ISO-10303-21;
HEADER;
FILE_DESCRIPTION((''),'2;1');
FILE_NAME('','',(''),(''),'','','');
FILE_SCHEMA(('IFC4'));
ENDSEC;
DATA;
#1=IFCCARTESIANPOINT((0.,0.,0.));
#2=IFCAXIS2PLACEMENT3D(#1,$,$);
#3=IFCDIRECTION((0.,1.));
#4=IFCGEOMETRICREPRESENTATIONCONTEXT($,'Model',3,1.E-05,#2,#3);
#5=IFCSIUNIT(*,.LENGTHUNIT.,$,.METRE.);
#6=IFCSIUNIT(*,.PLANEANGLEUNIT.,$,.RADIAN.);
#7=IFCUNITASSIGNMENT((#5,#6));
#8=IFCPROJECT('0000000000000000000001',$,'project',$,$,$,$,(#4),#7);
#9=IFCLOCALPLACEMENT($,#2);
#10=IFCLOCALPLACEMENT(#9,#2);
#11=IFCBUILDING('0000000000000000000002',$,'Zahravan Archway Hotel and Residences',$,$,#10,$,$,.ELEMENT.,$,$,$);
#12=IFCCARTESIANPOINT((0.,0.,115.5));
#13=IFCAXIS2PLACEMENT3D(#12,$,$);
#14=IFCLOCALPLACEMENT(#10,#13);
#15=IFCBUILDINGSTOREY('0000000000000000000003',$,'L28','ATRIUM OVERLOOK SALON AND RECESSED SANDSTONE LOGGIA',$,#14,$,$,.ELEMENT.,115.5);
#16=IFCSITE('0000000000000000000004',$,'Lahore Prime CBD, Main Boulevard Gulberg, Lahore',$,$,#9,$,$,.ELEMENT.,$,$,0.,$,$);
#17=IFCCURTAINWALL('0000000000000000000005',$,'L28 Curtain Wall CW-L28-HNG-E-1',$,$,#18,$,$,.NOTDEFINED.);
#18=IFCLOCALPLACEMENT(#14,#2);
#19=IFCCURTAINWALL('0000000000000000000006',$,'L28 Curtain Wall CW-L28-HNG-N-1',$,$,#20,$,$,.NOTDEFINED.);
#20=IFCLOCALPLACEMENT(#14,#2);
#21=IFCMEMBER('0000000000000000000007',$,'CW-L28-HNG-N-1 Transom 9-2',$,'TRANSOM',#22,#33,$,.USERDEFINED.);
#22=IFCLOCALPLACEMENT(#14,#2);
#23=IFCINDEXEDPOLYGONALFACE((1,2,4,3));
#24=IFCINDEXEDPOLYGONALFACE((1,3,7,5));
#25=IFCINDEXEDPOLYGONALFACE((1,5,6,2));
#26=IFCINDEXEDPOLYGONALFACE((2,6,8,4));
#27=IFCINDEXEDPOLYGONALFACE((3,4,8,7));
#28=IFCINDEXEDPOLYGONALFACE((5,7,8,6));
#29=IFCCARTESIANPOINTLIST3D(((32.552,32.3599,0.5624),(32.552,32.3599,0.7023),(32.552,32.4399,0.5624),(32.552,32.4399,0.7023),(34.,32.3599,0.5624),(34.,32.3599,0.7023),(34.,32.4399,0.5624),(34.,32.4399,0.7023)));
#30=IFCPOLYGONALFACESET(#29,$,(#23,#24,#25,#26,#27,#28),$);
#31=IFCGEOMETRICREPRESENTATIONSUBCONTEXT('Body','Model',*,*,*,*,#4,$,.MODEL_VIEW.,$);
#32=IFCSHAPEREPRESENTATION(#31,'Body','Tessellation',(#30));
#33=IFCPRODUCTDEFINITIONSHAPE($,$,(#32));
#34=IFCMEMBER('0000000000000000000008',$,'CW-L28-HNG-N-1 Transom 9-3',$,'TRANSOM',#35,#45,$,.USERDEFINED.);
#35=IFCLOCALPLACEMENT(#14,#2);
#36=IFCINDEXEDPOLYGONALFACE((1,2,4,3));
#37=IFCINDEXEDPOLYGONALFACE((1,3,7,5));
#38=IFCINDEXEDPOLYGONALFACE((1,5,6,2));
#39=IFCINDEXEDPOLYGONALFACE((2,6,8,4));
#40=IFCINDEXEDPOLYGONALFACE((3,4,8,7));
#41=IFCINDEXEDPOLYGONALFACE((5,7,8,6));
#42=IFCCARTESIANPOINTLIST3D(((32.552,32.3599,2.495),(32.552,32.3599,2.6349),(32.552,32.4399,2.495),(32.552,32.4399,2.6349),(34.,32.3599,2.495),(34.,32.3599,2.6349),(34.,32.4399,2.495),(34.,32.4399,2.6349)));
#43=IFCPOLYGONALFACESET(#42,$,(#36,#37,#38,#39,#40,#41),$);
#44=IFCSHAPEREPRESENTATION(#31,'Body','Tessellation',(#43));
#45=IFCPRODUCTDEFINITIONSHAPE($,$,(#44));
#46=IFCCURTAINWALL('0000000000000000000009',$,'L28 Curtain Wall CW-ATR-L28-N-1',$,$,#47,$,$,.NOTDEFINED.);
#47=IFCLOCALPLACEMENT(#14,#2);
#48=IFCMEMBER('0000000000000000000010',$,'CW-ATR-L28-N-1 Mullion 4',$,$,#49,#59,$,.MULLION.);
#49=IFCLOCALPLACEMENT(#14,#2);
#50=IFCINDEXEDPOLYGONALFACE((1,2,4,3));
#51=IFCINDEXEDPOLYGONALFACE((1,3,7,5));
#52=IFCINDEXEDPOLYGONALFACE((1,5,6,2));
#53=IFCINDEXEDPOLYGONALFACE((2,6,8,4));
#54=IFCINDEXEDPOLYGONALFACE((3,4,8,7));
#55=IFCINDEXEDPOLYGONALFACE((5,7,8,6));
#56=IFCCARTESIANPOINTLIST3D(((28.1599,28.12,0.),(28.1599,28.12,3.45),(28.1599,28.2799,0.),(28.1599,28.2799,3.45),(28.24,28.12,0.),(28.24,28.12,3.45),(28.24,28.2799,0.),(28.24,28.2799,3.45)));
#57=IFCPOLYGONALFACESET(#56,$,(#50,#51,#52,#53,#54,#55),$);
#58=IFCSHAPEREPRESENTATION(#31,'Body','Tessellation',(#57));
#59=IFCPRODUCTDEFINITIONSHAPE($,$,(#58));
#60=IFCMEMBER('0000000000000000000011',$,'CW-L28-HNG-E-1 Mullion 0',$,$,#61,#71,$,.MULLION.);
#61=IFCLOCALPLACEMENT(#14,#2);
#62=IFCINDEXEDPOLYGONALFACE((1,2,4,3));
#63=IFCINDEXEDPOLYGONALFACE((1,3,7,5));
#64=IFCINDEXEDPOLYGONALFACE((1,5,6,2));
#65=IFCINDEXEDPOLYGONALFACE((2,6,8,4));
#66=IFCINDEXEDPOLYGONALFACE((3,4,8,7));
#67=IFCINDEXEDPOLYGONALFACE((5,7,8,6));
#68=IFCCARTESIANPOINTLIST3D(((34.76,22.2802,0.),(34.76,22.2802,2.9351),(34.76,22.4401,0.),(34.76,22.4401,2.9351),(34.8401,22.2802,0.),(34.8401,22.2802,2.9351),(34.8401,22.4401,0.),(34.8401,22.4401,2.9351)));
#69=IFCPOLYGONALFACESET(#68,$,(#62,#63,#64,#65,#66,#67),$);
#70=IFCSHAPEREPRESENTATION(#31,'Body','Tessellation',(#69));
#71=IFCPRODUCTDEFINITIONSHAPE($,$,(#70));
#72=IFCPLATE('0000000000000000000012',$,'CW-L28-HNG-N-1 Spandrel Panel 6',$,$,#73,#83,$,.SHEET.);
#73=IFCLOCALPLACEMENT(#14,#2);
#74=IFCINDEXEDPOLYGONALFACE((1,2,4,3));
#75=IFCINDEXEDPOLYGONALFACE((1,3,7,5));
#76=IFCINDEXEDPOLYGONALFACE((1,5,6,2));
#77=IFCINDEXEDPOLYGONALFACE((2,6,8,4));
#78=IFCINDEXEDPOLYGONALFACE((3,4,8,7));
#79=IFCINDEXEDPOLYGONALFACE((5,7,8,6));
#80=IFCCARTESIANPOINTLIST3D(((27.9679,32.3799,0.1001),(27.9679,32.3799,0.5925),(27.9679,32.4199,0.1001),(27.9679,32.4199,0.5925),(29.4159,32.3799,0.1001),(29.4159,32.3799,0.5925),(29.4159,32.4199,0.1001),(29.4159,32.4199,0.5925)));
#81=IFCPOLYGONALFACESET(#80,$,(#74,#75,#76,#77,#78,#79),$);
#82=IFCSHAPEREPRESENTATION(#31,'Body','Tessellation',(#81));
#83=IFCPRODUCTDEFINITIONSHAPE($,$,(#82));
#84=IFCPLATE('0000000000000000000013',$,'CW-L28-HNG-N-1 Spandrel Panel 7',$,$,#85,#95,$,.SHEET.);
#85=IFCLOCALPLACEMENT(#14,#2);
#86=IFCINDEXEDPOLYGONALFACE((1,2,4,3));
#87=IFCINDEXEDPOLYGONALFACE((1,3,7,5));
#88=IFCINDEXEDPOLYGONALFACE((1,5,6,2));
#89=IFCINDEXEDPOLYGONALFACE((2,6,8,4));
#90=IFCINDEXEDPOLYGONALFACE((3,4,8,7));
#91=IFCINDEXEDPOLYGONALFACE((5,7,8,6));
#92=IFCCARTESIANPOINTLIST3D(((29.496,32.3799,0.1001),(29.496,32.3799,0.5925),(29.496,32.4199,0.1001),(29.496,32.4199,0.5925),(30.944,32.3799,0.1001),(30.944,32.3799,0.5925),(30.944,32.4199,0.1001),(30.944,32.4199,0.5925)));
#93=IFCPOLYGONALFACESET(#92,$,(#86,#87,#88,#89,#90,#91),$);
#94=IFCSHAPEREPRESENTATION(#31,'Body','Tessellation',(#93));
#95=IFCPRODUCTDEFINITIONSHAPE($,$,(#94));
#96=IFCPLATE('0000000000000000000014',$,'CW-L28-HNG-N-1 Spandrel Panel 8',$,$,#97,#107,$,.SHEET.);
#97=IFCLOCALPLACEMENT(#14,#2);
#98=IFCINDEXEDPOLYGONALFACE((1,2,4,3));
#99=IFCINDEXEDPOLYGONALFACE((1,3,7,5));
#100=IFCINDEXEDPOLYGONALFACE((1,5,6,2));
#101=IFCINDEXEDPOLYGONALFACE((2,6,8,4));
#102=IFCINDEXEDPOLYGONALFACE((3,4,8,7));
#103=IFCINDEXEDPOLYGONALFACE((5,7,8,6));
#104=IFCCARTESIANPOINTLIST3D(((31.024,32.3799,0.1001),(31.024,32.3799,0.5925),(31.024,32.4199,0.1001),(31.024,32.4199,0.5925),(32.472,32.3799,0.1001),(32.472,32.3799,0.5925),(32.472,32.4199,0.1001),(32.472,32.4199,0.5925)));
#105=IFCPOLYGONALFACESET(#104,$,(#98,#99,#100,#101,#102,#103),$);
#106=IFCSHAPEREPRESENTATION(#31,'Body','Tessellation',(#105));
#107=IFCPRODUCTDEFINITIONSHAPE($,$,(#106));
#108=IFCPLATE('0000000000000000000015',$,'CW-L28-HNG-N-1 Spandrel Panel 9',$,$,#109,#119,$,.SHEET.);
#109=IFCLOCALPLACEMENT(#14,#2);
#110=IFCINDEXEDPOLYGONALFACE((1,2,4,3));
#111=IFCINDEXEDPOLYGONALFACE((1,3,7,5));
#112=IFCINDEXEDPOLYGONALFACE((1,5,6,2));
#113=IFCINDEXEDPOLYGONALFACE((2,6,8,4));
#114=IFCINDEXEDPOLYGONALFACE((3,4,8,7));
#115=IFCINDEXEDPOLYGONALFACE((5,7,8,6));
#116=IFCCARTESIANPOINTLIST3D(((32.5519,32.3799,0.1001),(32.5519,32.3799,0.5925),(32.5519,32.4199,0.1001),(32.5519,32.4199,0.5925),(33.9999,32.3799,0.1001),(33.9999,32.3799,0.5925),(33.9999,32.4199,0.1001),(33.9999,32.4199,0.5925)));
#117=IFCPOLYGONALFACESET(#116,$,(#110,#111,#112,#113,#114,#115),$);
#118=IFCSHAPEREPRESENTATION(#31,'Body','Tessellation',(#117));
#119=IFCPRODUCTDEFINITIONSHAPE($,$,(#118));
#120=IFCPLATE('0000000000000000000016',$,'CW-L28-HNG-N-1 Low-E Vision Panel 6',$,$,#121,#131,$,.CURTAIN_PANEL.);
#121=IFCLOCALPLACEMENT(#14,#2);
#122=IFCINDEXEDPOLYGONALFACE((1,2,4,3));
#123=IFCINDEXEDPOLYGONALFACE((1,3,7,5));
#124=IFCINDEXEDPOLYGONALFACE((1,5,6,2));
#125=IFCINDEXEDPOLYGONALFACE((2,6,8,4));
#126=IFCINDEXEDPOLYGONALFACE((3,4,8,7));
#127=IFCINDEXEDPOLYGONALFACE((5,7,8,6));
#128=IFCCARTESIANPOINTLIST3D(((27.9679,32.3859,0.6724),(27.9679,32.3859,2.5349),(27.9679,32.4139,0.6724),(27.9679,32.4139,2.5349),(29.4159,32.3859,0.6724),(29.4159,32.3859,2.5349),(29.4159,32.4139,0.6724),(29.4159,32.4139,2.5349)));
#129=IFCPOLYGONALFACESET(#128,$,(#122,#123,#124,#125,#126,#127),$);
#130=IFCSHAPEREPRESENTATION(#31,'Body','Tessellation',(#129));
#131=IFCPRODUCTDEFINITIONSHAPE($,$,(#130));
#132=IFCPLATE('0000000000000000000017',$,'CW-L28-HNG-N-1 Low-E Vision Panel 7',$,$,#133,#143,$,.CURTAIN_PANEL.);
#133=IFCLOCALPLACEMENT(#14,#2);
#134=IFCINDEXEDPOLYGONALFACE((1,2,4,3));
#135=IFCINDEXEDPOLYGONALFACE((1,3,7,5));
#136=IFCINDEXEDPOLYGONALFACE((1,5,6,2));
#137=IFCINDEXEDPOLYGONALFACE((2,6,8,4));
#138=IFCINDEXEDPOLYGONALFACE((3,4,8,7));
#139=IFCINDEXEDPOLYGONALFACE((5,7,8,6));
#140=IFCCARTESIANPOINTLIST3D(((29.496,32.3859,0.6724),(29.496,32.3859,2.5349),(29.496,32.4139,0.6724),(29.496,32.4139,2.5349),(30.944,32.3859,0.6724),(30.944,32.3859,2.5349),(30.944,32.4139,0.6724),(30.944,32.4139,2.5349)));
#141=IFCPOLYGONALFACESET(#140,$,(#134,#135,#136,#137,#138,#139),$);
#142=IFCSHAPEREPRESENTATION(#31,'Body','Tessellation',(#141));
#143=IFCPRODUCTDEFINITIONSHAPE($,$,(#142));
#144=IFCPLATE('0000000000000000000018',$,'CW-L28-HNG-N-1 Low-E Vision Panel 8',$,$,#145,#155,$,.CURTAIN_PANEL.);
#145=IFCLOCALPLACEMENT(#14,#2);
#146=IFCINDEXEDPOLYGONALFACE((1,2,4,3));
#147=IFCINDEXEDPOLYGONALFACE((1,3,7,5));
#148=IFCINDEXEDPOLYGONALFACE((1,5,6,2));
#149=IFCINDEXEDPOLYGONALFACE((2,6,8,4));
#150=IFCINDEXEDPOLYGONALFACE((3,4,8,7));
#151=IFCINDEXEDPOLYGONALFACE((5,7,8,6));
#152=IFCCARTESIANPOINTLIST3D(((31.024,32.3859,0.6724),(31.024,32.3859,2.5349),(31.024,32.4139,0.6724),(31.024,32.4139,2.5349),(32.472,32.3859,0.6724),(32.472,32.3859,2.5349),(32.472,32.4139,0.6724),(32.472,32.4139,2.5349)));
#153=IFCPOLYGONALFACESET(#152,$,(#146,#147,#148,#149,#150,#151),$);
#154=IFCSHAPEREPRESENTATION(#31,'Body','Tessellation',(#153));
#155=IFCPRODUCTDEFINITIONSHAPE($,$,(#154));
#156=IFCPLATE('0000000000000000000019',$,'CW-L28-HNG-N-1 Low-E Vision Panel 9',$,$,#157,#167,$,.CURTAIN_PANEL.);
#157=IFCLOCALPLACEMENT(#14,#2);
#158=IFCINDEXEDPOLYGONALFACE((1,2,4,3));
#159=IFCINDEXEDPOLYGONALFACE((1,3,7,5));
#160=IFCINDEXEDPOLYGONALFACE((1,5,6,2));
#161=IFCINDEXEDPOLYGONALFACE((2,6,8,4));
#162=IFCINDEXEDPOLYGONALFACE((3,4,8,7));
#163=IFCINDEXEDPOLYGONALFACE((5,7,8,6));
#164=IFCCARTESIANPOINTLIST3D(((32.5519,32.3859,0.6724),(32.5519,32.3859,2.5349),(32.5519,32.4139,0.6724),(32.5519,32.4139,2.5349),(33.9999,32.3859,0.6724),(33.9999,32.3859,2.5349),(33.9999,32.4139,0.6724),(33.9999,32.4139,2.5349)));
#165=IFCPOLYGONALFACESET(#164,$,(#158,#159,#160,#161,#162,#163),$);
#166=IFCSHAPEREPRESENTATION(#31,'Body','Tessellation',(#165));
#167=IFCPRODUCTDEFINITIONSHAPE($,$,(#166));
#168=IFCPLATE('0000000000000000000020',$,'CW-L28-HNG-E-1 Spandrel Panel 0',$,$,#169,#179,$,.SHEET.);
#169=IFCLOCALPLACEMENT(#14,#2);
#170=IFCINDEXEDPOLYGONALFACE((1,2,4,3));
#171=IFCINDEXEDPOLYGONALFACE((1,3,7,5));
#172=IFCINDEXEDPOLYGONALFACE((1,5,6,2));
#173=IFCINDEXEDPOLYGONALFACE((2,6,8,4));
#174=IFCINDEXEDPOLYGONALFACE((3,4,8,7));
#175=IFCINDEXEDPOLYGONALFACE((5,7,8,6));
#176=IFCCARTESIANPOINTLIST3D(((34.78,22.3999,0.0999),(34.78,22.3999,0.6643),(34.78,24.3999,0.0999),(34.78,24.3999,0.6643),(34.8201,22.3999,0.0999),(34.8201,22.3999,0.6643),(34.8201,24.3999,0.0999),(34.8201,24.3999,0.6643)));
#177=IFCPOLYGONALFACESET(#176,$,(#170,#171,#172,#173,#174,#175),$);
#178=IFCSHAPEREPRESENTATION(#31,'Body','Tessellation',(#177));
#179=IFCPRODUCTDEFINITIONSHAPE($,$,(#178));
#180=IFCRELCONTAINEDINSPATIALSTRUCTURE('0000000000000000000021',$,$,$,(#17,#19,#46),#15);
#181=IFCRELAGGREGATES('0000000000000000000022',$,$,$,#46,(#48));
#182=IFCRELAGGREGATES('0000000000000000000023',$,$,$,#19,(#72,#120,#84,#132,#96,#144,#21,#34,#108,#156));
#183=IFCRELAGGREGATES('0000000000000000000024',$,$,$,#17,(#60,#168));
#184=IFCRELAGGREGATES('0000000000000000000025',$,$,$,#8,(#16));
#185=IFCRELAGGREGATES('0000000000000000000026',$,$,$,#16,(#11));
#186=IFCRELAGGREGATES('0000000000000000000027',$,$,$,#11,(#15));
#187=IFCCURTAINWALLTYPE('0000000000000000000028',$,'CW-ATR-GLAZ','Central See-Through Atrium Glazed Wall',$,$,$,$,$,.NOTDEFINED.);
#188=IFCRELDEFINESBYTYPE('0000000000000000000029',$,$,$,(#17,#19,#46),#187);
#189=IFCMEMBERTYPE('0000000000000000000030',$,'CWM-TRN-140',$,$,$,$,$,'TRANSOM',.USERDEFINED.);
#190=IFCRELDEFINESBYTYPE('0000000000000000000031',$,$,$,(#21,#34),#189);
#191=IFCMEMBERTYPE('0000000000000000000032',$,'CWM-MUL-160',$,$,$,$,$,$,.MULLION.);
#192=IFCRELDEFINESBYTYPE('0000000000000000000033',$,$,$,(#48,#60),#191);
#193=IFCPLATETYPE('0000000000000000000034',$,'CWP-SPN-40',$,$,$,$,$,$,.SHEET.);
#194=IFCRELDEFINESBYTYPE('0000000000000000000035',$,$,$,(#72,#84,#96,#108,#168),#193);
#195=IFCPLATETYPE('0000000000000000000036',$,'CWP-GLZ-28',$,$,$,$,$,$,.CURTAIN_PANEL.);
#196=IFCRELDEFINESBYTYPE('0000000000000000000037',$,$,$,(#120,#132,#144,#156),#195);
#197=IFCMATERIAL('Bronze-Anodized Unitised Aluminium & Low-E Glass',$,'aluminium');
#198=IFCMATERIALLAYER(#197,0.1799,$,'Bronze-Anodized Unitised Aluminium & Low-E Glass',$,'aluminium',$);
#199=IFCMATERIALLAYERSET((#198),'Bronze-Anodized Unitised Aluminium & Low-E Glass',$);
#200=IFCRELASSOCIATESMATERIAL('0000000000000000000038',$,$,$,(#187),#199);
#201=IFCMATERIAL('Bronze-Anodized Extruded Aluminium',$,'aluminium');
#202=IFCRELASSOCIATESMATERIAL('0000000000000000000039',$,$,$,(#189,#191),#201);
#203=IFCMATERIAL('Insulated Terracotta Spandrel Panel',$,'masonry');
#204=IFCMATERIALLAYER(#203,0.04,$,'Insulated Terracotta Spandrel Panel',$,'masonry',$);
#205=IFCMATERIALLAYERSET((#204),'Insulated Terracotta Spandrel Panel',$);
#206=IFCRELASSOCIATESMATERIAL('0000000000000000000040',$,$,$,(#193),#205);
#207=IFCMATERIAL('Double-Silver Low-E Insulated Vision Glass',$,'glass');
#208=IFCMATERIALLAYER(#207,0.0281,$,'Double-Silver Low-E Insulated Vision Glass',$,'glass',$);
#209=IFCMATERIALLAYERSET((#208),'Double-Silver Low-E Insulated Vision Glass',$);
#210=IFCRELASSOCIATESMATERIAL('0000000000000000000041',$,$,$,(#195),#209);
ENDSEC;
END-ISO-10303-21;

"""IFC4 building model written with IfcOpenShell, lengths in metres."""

from ifc_helpers import new_model, si_unit, direction, frame, origin, origin_2d, place, context, subcontext, project, spatial, rectangle, extrude, source, transform, mapped, material, layer, layer_set, material_profile, profile_set, type_object, element, aggregate, save


model = new_model("IFC4")

# Units and contexts
model_context = context("Model", 3, precision=1e-05, world=origin(), true_north=direction((0.0, 1.0)))
body_context = subcontext(model_context, "Body", "Model", "MODEL_VIEW")
ifc_project = project(units=[si_unit("LENGTHUNIT", "METRE"), si_unit("PLANEANGLEUNIT", "RADIAN")], contexts=[model_context])

# Site, building, storey
site_placement = place(None, origin())
site = spatial("IfcSite", under=ifc_project, at=site_placement, Name="Lahore Prime CBD, Main Boulevard Gulberg, Lahore", CompositionType="ELEMENT", RefElevation=0.0)
building_placement = place(site_placement, origin())
building = spatial("IfcBuilding", under=site, at=building_placement, Name="Zahravan Archway Hotel and Residences", CompositionType="ELEMENT")
storey_placement = place(building_placement, frame((0.0, 0.0, 115.5)))
storey = spatial("IfcBuildingStorey", under=building, at=storey_placement, Name="L28", Description="ATRIUM OVERLOOK SALON AND RECESSED SANDSTONE LOGGIA", CompositionType="ELEMENT", Elevation=115.5)

# Curtain walls, members
ifc_material_1 = material(Name="Bronze-Anodized Unitised Aluminium & Low-E Glass", Category="aluminium")
ifc_layer_1 = layer(ifc_material_1, 0.1799, Name="Bronze-Anodized Unitised Aluminium & Low-E Glass", Category="aluminium")
ifc_layer_set_1 = layer_set([ifc_layer_1], Name="Bronze-Anodized Unitised Aluminium & Low-E Glass")
curtain_wall_type = type_object("IfcCurtainWallType", Name="CW-ATR-GLAZ", Description="Central See-Through Atrium Glazed Wall", PredefinedType="NOTDEFINED", material=ifc_layer_set_1)
curtain_wall_1_placement = place(storey_placement, origin())
curtain_wall_1 = element("IfcCurtainWall", 1, at=curtain_wall_1_placement, inside=storey, type_object=curtain_wall_type, Name="L28 Curtain Wall CW-L28-HNG-E-1", PredefinedType="NOTDEFINED")
ifc_material_2 = material(Name="Bronze-Anodized Extruded Aluminium", Category="aluminium")
ifc_material_profile_1 = material_profile(ifc_material_2, rectangle(XDim=0.0801, YDim=0.1399, at=origin_2d()), Name="TRN 80x140", Category="aluminium")
ifc_profile_set_1 = profile_set([ifc_material_profile_1], Name="Bronze-Anodized Extruded Aluminium")
member_type_1 = type_object("IfcMemberType", Name="CWM-TRN-140", ElementType="TRANSOM", PredefinedType="USERDEFINED", material=ifc_profile_set_1)
curtain_wall_2_placement = place(storey_placement, origin())
curtain_wall_2 = element("IfcCurtainWall", 2, at=curtain_wall_2_placement, inside=storey, type_object=curtain_wall_type, Name="L28 Curtain Wall CW-L28-HNG-N-1", PredefinedType="NOTDEFINED")
ifc_material_profile_2 = material_profile(ifc_material_2, rectangle(XDim=0.0801, YDim=0.1599, at=origin_2d()), Name="MUL 80x160", Category="aluminium")
ifc_profile_set_2 = profile_set([ifc_material_profile_2], Name="Bronze-Anodized Extruded Aluminium")
member_type_2 = type_object("IfcMemberType", Name="CWM-MUL-160", PredefinedType="MULLION", material=ifc_profile_set_2)
shared_shape_1 = source(origin(), body_context, "Body", "SweptSolid", [
    extrude(rectangle(XDim=0.0801, YDim=0.1399, at=origin_2d()), origin(), (0.0, 0.0, 1.0), 1.448),
])
member_1_placement = place(storey_placement, frame((32.552, 32.3999, 0.6323), z_axis=(1.0, 0.0, 0.0), x_axis=(0.0, 1.0, 0.0)))
member_1 = element("IfcMember", 3, at=member_1_placement, type_object=member_type_1, Name="CW-L28-HNG-N-1 Transom 9-2", ObjectType="TRANSOM", PredefinedType="USERDEFINED", context=body_context, shape_type="MappedRepresentation", body=[
    mapped(shared_shape_1, transform((0.0, 0.0, 0.0), scale=1.0)),
])
member_2_placement = place(storey_placement, frame((32.552, 32.3999, 2.5649), z_axis=(1.0, 0.0, 0.0), x_axis=(0.0, 1.0, 0.0)))
member_2 = element("IfcMember", 4, at=member_2_placement, type_object=member_type_1, Name="CW-L28-HNG-N-1 Transom 9-3", ObjectType="TRANSOM", PredefinedType="USERDEFINED", context=body_context, shape_type="MappedRepresentation", body=[
    mapped(shared_shape_1, transform((0.0, 0.0, 0.0), scale=1.0)),
])

# Curtain wall, member
curtain_wall_3_placement = place(storey_placement, origin())
curtain_wall_3 = element("IfcCurtainWall", 5, at=curtain_wall_3_placement, inside=storey, type_object=curtain_wall_type, Name="L28 Curtain Wall CW-ATR-L28-N-1", PredefinedType="NOTDEFINED")
shared_shape_2 = source(origin(), body_context, "Body", "SweptSolid", [
    extrude(rectangle(XDim=0.0801, YDim=0.1599, at=origin_2d()), origin(), (0.0, 0.0, 1.0), 3.45),
])
member_3_placement = place(storey_placement, frame((28.2, 28.2, 0.0), z_axis=(0.0, 0.0, 1.0), x_axis=(1.0, 0.0, 0.0)))
member_3 = element("IfcMember", 6, at=member_3_placement, type_object=member_type_2, Name="CW-ATR-L28-N-1 Mullion 4", PredefinedType="MULLION", context=body_context, shape_type="MappedRepresentation", body=[
    mapped(shared_shape_2, transform((0.0, 0.0, 0.0), scale=1.0)),
])
aggregate(curtain_wall_3, [member_3])

# Member
shared_shape_3 = source(origin(), body_context, "Body", "SweptSolid", [
    extrude(rectangle(XDim=0.0801, YDim=0.1599, at=origin_2d()), origin(), (0.0, 0.0, 1.0), 2.9351),
])
member_4_placement = place(storey_placement, frame((34.8, 22.3601, 0.0), z_axis=(0.0, 0.0, 1.0), x_axis=(1.0, 0.0, 0.0)))
member_4 = element("IfcMember", 7, at=member_4_placement, type_object=member_type_2, Name="CW-L28-HNG-E-1 Mullion 0", PredefinedType="MULLION", context=body_context, shape_type="MappedRepresentation", body=[
    mapped(shared_shape_3, transform((0.0, 0.0, 0.0), scale=1.0)),
])

# Plates
ifc_material_3 = material(Name="Insulated Terracotta Spandrel Panel", Category="masonry")
ifc_layer_2 = layer(ifc_material_3, 0.04, Name="Insulated Terracotta Spandrel Panel", Category="masonry")
ifc_layer_set_2 = layer_set([ifc_layer_2], Name="Insulated Terracotta Spandrel Panel")
plate_type_1 = type_object("IfcPlateType", Name="CWP-SPN-40", PredefinedType="SHEET", material=ifc_layer_set_2)
shared_shape_4 = source(origin(), body_context, "Body", "SweptSolid", [
    extrude(rectangle(XDim=1.448, YDim=0.04, at=origin_2d()), origin(), (0.0, 0.0, 1.0), 0.4924),
])
plate_1_placement = place(storey_placement, frame((28.6919, 32.3999, 0.1001), z_axis=(0.0, 0.0, 1.0), x_axis=(1.0, 0.0, 0.0)))
plate_1 = element("IfcPlate", 8, at=plate_1_placement, type_object=plate_type_1, Name="CW-L28-HNG-N-1 Spandrel Panel 6", PredefinedType="SHEET", context=body_context, shape_type="MappedRepresentation", body=[
    mapped(shared_shape_4, transform((0.0, 0.0, 0.0), scale=1.0)),
])
plate_2_placement = place(storey_placement, frame((30.22, 32.3999, 0.1001), z_axis=(0.0, 0.0, 1.0), x_axis=(1.0, 0.0, 0.0)))
plate_2 = element("IfcPlate", 9, at=plate_2_placement, type_object=plate_type_1, Name="CW-L28-HNG-N-1 Spandrel Panel 7", PredefinedType="SHEET", context=body_context, shape_type="MappedRepresentation", body=[
    mapped(shared_shape_4, transform((0.0, 0.0, 0.0), scale=1.0)),
])
plate_3_placement = place(storey_placement, frame((31.748, 32.3999, 0.1001), z_axis=(0.0, 0.0, 1.0), x_axis=(1.0, 0.0, 0.0)))
plate_3 = element("IfcPlate", 10, at=plate_3_placement, type_object=plate_type_1, Name="CW-L28-HNG-N-1 Spandrel Panel 8", PredefinedType="SHEET", context=body_context, shape_type="MappedRepresentation", body=[
    mapped(shared_shape_4, transform((0.0, 0.0, 0.0), scale=1.0)),
])
plate_4_placement = place(storey_placement, frame((33.2759, 32.3999, 0.1001), z_axis=(0.0, 0.0, 1.0), x_axis=(1.0, 0.0, 0.0)))
plate_4 = element("IfcPlate", 11, at=plate_4_placement, type_object=plate_type_1, Name="CW-L28-HNG-N-1 Spandrel Panel 9", PredefinedType="SHEET", context=body_context, shape_type="MappedRepresentation", body=[
    mapped(shared_shape_4, transform((0.0, 0.0, 0.0), scale=1.0)),
])
ifc_material_4 = material(Name="Double-Silver Low-E Insulated Vision Glass", Category="glass")
ifc_layer_3 = layer(ifc_material_4, 0.0281, Name="Double-Silver Low-E Insulated Vision Glass", Category="glass")
ifc_layer_set_3 = layer_set([ifc_layer_3], Name="Double-Silver Low-E Insulated Vision Glass")
plate_type_2 = type_object("IfcPlateType", Name="CWP-GLZ-28", PredefinedType="CURTAIN_PANEL", material=ifc_layer_set_3)
shared_shape_5 = source(origin(), body_context, "Body", "SweptSolid", [
    extrude(rectangle(XDim=1.448, YDim=0.0281, at=origin_2d()), origin(), (0.0, 0.0, 1.0), 1.8625),
])
plate_5_placement = place(storey_placement, frame((28.6919, 32.3999, 0.6724), z_axis=(0.0, 0.0, 1.0), x_axis=(1.0, 0.0, 0.0)))
plate_5 = element("IfcPlate", 12, at=plate_5_placement, type_object=plate_type_2, Name="CW-L28-HNG-N-1 Low-E Vision Panel 6", PredefinedType="CURTAIN_PANEL", context=body_context, shape_type="MappedRepresentation", body=[
    mapped(shared_shape_5, transform((0.0, 0.0, 0.0), scale=1.0)),
])
plate_6_placement = place(storey_placement, frame((30.22, 32.3999, 0.6724), z_axis=(0.0, 0.0, 1.0), x_axis=(1.0, 0.0, 0.0)))
plate_6 = element("IfcPlate", 13, at=plate_6_placement, type_object=plate_type_2, Name="CW-L28-HNG-N-1 Low-E Vision Panel 7", PredefinedType="CURTAIN_PANEL", context=body_context, shape_type="MappedRepresentation", body=[
    mapped(shared_shape_5, transform((0.0, 0.0, 0.0), scale=1.0)),
])
plate_7_placement = place(storey_placement, frame((31.748, 32.3999, 0.6724), z_axis=(0.0, 0.0, 1.0), x_axis=(1.0, 0.0, 0.0)))
plate_7 = element("IfcPlate", 14, at=plate_7_placement, type_object=plate_type_2, Name="CW-L28-HNG-N-1 Low-E Vision Panel 8", PredefinedType="CURTAIN_PANEL", context=body_context, shape_type="MappedRepresentation", body=[
    mapped(shared_shape_5, transform((0.0, 0.0, 0.0), scale=1.0)),
])
plate_8_placement = place(storey_placement, frame((33.2759, 32.3999, 0.6724), z_axis=(0.0, 0.0, 1.0), x_axis=(1.0, 0.0, 0.0)))
plate_8 = element("IfcPlate", 15, at=plate_8_placement, type_object=plate_type_2, Name="CW-L28-HNG-N-1 Low-E Vision Panel 9", PredefinedType="CURTAIN_PANEL", context=body_context, shape_type="MappedRepresentation", body=[
    mapped(shared_shape_5, transform((0.0, 0.0, 0.0), scale=1.0)),
])
aggregate(curtain_wall_2, [plate_1, plate_5, plate_2, plate_6, plate_3, plate_7, member_1, member_2, plate_4, plate_8])
shared_shape_6 = source(origin(), body_context, "Body", "SweptSolid", [
    extrude(rectangle(XDim=2.0, YDim=0.04, at=origin_2d()), origin(), (0.0, 0.0, 1.0), 0.5645),
])
plate_9_placement = place(storey_placement, frame((34.8, 23.3999, 0.0999), z_axis=(0.0, 0.0, 1.0), x_axis=(0.0, 1.0, 0.0)))
plate_9 = element("IfcPlate", 16, at=plate_9_placement, type_object=plate_type_1, Name="CW-L28-HNG-E-1 Spandrel Panel 0", PredefinedType="SHEET", context=body_context, shape_type="MappedRepresentation", body=[
    mapped(shared_shape_6, transform((0.0, 0.0, 0.0), scale=1.0)),
])
aggregate(curtain_wall_1, [member_4, plate_9])

save(model, "model.ifc")
